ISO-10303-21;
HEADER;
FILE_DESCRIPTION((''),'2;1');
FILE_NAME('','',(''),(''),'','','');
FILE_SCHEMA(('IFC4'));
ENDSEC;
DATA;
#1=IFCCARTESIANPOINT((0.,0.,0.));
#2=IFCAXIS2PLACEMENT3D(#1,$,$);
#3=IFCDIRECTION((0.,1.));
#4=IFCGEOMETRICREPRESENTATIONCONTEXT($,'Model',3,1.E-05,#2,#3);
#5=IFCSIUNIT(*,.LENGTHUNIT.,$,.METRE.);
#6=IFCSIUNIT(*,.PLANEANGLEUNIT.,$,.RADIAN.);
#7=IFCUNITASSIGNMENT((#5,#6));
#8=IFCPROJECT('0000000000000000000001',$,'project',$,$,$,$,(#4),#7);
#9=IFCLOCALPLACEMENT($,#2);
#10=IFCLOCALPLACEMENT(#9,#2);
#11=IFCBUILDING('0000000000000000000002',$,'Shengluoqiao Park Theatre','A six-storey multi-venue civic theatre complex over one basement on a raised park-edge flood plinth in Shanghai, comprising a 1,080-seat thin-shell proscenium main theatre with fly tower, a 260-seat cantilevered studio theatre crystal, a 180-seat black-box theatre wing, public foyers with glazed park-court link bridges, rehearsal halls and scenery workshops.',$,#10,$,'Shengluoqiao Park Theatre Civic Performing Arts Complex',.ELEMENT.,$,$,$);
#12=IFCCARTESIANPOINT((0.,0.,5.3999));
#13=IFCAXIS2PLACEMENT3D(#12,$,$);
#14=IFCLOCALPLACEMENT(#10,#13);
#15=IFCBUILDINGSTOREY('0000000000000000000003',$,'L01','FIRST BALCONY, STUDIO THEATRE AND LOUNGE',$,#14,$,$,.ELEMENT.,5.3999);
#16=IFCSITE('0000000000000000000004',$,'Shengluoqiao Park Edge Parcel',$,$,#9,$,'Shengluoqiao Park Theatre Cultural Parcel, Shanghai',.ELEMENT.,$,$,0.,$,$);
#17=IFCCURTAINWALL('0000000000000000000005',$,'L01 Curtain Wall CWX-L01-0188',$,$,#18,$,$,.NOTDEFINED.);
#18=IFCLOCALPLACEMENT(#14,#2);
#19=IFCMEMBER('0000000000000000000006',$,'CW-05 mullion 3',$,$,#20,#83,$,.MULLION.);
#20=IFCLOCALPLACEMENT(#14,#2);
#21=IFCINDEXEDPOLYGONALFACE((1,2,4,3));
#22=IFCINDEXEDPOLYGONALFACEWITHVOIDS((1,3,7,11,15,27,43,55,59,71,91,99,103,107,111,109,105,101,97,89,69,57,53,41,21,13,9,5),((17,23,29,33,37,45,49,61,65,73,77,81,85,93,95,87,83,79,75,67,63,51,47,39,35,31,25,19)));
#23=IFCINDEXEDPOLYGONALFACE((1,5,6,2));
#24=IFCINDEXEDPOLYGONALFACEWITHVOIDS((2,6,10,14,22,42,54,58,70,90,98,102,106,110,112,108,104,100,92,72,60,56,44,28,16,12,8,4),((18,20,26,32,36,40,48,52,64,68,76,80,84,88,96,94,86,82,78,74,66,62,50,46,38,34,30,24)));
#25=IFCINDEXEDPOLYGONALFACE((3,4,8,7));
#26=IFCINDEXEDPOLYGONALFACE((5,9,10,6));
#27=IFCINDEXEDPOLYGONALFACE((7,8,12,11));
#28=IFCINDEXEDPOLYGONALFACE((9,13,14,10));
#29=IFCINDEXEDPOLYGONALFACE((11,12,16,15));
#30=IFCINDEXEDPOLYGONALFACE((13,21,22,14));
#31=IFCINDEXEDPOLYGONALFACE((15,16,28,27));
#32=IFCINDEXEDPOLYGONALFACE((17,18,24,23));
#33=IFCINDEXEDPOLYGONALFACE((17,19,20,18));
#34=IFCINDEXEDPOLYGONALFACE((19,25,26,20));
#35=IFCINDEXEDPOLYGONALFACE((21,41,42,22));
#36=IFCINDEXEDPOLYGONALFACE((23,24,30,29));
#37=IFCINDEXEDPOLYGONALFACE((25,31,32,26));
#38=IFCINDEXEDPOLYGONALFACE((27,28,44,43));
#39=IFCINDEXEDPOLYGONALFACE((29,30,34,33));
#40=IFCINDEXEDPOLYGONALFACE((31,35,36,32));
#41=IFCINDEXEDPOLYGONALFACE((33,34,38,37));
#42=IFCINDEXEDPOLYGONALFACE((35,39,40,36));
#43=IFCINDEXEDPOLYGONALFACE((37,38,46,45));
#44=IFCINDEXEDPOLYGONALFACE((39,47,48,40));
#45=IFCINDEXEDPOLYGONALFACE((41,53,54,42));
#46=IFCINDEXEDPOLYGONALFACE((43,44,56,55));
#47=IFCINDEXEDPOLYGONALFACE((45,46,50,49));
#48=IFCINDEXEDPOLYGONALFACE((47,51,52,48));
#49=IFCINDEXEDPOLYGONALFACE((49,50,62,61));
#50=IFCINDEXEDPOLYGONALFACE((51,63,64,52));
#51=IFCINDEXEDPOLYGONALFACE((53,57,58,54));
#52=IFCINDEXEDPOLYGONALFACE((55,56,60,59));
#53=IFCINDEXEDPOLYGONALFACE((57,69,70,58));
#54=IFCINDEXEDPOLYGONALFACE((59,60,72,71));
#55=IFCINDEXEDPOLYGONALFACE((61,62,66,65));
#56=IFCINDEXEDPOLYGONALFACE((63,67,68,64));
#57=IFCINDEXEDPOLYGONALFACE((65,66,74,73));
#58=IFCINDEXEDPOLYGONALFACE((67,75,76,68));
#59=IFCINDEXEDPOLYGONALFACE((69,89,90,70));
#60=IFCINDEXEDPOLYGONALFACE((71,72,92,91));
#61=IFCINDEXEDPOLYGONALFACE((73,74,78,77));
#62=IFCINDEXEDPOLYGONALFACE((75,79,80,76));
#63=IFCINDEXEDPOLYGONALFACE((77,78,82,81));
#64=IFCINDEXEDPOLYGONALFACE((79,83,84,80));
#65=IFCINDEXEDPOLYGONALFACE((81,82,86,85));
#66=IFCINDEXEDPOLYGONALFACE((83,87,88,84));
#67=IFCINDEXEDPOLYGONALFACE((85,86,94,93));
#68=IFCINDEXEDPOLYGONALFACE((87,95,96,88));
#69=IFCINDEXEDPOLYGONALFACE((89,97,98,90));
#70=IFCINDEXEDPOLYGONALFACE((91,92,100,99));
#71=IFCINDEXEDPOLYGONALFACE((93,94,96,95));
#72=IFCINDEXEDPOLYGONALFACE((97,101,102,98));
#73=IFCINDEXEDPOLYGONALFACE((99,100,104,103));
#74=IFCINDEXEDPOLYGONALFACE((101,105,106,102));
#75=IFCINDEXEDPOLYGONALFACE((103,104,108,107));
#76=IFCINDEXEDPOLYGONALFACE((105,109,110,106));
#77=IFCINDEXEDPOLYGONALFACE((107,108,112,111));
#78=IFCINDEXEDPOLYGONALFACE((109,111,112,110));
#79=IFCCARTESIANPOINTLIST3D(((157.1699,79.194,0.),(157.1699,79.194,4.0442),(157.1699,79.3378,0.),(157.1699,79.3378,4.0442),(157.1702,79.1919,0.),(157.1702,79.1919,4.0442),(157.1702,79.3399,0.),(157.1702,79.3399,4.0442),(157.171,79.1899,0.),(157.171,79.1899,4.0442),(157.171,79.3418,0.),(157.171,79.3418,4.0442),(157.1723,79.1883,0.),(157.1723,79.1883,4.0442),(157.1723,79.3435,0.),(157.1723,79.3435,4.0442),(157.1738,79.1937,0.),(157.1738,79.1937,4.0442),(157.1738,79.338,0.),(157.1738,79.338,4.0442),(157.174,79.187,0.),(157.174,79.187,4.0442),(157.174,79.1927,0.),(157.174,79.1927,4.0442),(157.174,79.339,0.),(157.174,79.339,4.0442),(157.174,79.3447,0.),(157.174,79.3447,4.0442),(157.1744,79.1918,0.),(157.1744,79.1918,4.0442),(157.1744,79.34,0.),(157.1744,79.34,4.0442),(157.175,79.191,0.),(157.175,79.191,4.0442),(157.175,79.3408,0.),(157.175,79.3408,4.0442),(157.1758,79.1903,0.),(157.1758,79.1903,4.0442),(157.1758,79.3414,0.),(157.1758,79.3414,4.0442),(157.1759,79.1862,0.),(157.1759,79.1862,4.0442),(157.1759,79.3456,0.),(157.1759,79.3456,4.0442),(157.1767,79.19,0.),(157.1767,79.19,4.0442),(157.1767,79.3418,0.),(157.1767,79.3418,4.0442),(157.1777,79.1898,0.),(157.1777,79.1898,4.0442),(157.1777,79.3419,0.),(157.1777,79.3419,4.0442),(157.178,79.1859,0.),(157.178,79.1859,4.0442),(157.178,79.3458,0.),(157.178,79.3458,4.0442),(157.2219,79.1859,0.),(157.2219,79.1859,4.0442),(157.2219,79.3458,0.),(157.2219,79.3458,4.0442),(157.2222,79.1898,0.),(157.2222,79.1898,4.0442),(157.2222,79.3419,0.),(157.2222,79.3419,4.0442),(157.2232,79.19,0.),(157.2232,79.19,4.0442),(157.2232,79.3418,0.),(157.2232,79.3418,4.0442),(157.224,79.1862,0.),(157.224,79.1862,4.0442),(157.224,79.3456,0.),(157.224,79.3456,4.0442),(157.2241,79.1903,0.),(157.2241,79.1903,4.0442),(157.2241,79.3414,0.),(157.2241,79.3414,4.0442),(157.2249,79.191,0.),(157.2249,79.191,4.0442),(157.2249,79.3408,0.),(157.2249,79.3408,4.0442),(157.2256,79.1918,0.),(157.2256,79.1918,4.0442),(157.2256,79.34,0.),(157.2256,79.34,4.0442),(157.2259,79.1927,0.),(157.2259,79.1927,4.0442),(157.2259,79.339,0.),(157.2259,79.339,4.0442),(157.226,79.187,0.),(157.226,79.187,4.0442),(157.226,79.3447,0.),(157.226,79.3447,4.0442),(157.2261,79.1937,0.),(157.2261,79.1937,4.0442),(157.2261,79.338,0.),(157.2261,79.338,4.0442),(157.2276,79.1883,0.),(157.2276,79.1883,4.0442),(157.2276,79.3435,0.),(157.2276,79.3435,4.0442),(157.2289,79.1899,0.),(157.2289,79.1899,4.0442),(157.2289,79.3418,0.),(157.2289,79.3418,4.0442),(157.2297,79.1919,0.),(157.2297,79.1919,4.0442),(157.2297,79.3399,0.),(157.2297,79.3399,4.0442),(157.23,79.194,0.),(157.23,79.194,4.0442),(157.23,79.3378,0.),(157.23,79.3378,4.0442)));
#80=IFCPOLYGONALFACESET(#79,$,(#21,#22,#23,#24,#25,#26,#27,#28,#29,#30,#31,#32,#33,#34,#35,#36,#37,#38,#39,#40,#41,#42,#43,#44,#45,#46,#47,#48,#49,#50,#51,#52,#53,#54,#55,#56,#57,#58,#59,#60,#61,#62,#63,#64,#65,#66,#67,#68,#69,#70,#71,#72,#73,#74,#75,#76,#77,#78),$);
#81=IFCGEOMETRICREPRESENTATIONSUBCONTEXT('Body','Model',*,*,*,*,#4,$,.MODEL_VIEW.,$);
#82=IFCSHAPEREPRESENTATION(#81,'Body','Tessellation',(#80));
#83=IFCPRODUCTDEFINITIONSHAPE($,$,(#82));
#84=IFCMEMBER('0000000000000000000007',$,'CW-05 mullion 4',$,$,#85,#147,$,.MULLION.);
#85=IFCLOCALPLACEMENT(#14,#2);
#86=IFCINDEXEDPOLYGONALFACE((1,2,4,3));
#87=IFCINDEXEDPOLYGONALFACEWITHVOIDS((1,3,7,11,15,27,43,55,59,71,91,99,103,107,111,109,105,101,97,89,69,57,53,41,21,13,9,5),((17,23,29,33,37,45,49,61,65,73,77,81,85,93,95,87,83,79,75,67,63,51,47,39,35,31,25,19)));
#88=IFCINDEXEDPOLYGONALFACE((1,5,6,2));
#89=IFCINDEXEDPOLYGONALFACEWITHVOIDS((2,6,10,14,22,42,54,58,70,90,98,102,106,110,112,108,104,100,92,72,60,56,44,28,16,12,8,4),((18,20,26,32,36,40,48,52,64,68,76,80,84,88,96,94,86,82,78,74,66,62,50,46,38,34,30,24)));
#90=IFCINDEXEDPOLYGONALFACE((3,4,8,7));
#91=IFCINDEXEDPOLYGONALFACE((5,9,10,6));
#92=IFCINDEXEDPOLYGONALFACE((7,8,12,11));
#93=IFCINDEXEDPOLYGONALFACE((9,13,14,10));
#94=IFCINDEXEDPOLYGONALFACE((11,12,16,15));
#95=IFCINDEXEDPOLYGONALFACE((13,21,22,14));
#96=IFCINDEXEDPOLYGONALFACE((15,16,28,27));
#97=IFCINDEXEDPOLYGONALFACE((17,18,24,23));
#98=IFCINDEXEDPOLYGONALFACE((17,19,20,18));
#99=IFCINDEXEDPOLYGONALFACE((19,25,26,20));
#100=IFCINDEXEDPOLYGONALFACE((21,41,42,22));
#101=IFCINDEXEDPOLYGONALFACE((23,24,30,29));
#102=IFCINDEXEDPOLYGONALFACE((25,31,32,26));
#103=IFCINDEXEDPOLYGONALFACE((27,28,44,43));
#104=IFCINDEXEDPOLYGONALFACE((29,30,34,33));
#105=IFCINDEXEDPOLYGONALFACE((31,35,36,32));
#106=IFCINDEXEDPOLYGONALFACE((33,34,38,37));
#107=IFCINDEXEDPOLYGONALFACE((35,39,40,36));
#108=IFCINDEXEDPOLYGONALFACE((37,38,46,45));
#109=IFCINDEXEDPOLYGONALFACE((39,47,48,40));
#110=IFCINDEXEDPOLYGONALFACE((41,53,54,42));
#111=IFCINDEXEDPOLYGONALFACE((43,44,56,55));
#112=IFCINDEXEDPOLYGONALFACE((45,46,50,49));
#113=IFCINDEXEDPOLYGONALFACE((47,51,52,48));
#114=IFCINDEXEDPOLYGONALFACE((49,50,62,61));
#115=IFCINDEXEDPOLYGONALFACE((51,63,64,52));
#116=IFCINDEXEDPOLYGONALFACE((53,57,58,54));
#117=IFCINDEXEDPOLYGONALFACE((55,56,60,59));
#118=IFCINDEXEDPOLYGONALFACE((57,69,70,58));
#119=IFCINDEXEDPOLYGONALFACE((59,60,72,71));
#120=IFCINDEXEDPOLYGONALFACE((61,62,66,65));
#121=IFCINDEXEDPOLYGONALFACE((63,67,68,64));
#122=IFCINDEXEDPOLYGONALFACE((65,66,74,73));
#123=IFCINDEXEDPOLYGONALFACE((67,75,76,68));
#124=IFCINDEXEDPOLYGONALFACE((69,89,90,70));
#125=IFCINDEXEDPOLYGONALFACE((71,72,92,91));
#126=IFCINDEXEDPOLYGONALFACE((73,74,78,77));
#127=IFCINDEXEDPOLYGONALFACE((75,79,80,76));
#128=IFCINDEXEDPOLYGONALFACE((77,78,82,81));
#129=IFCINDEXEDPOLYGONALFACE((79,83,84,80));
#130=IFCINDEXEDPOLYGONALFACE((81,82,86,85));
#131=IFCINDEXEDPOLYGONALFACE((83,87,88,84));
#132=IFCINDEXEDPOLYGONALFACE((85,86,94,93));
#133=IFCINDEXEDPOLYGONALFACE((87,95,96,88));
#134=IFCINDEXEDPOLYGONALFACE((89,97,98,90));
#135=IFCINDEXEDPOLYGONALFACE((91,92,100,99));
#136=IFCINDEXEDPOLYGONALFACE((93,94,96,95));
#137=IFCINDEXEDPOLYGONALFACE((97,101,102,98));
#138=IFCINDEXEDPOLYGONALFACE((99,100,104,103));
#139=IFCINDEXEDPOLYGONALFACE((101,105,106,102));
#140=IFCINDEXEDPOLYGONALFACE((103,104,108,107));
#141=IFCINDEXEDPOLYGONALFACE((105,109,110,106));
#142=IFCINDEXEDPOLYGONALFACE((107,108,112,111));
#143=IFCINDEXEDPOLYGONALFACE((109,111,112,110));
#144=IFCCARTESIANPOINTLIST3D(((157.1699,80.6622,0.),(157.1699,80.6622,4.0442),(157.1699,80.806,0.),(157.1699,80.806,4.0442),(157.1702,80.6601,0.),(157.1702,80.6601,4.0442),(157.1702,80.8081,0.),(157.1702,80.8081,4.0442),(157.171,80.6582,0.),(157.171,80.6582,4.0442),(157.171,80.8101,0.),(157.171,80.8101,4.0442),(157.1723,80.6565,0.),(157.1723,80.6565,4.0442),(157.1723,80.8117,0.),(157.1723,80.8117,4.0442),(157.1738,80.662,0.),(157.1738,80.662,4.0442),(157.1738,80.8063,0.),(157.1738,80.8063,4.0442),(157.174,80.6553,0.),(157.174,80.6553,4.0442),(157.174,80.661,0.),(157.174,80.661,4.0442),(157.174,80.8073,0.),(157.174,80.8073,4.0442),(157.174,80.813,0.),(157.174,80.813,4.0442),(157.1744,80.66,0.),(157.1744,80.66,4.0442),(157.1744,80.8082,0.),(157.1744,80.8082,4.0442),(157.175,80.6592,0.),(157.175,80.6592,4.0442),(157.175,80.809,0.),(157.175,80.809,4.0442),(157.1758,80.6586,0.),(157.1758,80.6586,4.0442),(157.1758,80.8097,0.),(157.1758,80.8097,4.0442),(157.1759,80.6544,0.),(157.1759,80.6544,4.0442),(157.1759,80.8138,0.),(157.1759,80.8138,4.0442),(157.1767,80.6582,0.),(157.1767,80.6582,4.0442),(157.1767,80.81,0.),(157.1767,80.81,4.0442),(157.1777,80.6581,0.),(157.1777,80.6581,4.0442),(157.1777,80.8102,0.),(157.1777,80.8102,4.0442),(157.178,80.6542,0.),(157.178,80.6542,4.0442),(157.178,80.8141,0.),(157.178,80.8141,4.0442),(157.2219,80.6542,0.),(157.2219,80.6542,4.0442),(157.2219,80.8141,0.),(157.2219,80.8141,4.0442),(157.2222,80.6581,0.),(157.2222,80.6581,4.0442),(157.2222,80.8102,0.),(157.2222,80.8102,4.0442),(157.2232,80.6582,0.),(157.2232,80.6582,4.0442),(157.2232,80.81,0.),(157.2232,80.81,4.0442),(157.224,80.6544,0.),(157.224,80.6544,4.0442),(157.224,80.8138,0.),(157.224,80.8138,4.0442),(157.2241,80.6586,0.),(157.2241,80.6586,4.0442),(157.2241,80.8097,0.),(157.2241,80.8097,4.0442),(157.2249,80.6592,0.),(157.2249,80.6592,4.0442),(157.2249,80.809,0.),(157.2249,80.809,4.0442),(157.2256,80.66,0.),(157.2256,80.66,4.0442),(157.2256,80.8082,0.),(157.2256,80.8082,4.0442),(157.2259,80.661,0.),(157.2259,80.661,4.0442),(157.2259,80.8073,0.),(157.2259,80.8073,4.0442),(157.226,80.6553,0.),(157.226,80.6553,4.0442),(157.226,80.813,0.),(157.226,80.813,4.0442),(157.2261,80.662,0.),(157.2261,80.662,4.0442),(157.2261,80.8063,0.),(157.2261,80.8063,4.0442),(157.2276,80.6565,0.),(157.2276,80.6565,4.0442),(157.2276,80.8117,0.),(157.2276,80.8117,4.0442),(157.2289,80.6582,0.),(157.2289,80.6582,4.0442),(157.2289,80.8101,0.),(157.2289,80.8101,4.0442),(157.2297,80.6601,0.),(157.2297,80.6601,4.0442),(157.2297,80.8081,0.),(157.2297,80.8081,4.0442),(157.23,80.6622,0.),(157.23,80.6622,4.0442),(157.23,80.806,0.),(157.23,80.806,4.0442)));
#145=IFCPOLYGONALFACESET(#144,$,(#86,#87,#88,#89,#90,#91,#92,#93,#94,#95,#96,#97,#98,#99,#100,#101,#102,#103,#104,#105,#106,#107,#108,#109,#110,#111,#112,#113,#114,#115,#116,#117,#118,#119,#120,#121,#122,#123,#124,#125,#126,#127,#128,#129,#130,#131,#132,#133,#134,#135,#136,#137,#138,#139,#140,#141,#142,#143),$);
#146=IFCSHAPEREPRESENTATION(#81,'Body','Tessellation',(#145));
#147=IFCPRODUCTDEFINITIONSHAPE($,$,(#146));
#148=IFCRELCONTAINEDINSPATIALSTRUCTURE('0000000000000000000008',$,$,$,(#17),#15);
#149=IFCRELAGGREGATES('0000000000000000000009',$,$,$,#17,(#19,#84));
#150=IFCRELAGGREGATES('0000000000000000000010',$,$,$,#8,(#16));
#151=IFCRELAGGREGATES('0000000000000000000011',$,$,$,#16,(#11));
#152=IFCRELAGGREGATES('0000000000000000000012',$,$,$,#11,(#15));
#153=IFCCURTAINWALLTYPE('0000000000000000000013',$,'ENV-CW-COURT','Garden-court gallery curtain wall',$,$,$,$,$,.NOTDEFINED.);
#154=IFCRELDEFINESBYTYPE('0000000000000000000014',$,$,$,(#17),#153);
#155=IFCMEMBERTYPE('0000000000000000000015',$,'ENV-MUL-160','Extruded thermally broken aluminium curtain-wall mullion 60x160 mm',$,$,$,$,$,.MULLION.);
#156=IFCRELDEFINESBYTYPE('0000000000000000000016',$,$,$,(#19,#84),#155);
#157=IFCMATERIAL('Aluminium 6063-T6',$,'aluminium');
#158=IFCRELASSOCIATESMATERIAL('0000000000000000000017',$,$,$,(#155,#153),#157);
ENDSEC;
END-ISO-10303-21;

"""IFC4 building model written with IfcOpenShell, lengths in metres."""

from ifc_helpers import new_model, si_unit, direction, frame, origin, origin_2d, place, context, subcontext, project, spatial, hollow_rectangle, extrude, material, material_profile, profile_set, type_object, element, aggregate, save


model = new_model("IFC4")

# Units and contexts
model_context = context("Model", 3, precision=1e-05, world=origin(), true_north=direction((0.0, 1.0)))
body_context = subcontext(model_context, "Body", "Model", "MODEL_VIEW")
ifc_project = project(units=[si_unit("LENGTHUNIT", "METRE"), si_unit("PLANEANGLEUNIT", "RADIAN")], contexts=[model_context])

# Site, building, storey
site_placement = place(None, origin())
site = spatial("IfcSite", under=ifc_project, at=site_placement, Name="Shengluoqiao Park Edge Parcel", LongName="Shengluoqiao Park Theatre Cultural Parcel, Shanghai", CompositionType="ELEMENT", RefElevation=0.0)
building_placement = place(site_placement, origin())
building = spatial("IfcBuilding", under=site, at=building_placement, Name="Shengluoqiao Park Theatre", Description="A six-storey multi-venue civic theatre complex over one basement on a raised park-edge flood plinth in Shanghai, comprising a 1,080-seat thin-shell proscenium main theatre with fly tower, a 260-seat cantilevered studio theatre crystal, a 180-seat black-box theatre wing, public foyers with glazed park-court link bridges, rehearsal halls and scenery workshops.", LongName="Shengluoqiao Park Theatre Civic Performing Arts Complex", CompositionType="ELEMENT")
storey_placement = place(building_placement, frame((0.0, 0.0, 5.3999)))
storey = spatial("IfcBuildingStorey", under=building, at=storey_placement, Name="L01", Description="FIRST BALCONY, STUDIO THEATRE AND LOUNGE", CompositionType="ELEMENT", Elevation=5.3999)

# Curtain wall, members
ifc_material_1 = material(Name="Aluminium 6063-T6", Category="aluminium")
ifc_material_profile_1 = material_profile(ifc_material_1, hollow_rectangle(XDim=0.0601, YDim=0.1599, WallThickness=0.0039, InnerFilletRadius=0.0039, OuterFilletRadius=0.0081, at=origin_2d()), Name="ALU MULLION 160x60x4")
ifc_profile_set_1 = profile_set([ifc_material_profile_1], Name="Aluminium 6063-T6")
member_type_1 = type_object("IfcMemberType", Name="ENV-MUL-160", Description="Extruded thermally broken aluminium curtain-wall mullion 60x160 mm", PredefinedType="MULLION", material=ifc_profile_set_1)
curtain_wall_type_1 = type_object("IfcCurtainWallType", Name="ENV-CW-COURT", Description="Garden-court gallery curtain wall", PredefinedType="NOTDEFINED", material=ifc_material_1)
curtain_wall_1_placement = place(storey_placement, origin())
curtain_wall_1 = element("IfcCurtainWall", 1, at=curtain_wall_1_placement, inside=storey, type_object=curtain_wall_type_1, Name="L01 Curtain Wall CWX-L01-0188", PredefinedType="NOTDEFINED")
member_1_placement = place(storey_placement, frame((157.2, 79.2659, 0.0), z_axis=(0.0, 0.0, 1.0), x_axis=(-1.0, 0.0, 0.0)))
member_1 = element("IfcMember", 2, at=member_1_placement, type_object=member_type_1, Name="CW-05 mullion 3", PredefinedType="MULLION", context=body_context, shape_type="SweptSolid", body=[
    extrude(hollow_rectangle(XDim=0.0601, YDim=0.1599, WallThickness=0.0039, InnerFilletRadius=0.0039, OuterFilletRadius=0.0081, at=origin_2d()), origin(), (0.0, 0.0, 1.0), 4.0442),
])
member_2_placement = place(storey_placement, frame((157.2, 80.7341, 0.0), z_axis=(0.0, 0.0, 1.0), x_axis=(-1.0, 0.0, 0.0)))
member_2 = element("IfcMember", 3, at=member_2_placement, type_object=member_type_1, Name="CW-05 mullion 4", PredefinedType="MULLION", context=body_context, shape_type="SweptSolid", body=[
    extrude(hollow_rectangle(XDim=0.0601, YDim=0.1599, WallThickness=0.0039, InnerFilletRadius=0.0039, OuterFilletRadius=0.0081, at=origin_2d()), origin(), (0.0, 0.0, 1.0), 4.0442),
])

aggregate(curtain_wall_1, [member_1, member_2])

save(model, "model.ifc")
